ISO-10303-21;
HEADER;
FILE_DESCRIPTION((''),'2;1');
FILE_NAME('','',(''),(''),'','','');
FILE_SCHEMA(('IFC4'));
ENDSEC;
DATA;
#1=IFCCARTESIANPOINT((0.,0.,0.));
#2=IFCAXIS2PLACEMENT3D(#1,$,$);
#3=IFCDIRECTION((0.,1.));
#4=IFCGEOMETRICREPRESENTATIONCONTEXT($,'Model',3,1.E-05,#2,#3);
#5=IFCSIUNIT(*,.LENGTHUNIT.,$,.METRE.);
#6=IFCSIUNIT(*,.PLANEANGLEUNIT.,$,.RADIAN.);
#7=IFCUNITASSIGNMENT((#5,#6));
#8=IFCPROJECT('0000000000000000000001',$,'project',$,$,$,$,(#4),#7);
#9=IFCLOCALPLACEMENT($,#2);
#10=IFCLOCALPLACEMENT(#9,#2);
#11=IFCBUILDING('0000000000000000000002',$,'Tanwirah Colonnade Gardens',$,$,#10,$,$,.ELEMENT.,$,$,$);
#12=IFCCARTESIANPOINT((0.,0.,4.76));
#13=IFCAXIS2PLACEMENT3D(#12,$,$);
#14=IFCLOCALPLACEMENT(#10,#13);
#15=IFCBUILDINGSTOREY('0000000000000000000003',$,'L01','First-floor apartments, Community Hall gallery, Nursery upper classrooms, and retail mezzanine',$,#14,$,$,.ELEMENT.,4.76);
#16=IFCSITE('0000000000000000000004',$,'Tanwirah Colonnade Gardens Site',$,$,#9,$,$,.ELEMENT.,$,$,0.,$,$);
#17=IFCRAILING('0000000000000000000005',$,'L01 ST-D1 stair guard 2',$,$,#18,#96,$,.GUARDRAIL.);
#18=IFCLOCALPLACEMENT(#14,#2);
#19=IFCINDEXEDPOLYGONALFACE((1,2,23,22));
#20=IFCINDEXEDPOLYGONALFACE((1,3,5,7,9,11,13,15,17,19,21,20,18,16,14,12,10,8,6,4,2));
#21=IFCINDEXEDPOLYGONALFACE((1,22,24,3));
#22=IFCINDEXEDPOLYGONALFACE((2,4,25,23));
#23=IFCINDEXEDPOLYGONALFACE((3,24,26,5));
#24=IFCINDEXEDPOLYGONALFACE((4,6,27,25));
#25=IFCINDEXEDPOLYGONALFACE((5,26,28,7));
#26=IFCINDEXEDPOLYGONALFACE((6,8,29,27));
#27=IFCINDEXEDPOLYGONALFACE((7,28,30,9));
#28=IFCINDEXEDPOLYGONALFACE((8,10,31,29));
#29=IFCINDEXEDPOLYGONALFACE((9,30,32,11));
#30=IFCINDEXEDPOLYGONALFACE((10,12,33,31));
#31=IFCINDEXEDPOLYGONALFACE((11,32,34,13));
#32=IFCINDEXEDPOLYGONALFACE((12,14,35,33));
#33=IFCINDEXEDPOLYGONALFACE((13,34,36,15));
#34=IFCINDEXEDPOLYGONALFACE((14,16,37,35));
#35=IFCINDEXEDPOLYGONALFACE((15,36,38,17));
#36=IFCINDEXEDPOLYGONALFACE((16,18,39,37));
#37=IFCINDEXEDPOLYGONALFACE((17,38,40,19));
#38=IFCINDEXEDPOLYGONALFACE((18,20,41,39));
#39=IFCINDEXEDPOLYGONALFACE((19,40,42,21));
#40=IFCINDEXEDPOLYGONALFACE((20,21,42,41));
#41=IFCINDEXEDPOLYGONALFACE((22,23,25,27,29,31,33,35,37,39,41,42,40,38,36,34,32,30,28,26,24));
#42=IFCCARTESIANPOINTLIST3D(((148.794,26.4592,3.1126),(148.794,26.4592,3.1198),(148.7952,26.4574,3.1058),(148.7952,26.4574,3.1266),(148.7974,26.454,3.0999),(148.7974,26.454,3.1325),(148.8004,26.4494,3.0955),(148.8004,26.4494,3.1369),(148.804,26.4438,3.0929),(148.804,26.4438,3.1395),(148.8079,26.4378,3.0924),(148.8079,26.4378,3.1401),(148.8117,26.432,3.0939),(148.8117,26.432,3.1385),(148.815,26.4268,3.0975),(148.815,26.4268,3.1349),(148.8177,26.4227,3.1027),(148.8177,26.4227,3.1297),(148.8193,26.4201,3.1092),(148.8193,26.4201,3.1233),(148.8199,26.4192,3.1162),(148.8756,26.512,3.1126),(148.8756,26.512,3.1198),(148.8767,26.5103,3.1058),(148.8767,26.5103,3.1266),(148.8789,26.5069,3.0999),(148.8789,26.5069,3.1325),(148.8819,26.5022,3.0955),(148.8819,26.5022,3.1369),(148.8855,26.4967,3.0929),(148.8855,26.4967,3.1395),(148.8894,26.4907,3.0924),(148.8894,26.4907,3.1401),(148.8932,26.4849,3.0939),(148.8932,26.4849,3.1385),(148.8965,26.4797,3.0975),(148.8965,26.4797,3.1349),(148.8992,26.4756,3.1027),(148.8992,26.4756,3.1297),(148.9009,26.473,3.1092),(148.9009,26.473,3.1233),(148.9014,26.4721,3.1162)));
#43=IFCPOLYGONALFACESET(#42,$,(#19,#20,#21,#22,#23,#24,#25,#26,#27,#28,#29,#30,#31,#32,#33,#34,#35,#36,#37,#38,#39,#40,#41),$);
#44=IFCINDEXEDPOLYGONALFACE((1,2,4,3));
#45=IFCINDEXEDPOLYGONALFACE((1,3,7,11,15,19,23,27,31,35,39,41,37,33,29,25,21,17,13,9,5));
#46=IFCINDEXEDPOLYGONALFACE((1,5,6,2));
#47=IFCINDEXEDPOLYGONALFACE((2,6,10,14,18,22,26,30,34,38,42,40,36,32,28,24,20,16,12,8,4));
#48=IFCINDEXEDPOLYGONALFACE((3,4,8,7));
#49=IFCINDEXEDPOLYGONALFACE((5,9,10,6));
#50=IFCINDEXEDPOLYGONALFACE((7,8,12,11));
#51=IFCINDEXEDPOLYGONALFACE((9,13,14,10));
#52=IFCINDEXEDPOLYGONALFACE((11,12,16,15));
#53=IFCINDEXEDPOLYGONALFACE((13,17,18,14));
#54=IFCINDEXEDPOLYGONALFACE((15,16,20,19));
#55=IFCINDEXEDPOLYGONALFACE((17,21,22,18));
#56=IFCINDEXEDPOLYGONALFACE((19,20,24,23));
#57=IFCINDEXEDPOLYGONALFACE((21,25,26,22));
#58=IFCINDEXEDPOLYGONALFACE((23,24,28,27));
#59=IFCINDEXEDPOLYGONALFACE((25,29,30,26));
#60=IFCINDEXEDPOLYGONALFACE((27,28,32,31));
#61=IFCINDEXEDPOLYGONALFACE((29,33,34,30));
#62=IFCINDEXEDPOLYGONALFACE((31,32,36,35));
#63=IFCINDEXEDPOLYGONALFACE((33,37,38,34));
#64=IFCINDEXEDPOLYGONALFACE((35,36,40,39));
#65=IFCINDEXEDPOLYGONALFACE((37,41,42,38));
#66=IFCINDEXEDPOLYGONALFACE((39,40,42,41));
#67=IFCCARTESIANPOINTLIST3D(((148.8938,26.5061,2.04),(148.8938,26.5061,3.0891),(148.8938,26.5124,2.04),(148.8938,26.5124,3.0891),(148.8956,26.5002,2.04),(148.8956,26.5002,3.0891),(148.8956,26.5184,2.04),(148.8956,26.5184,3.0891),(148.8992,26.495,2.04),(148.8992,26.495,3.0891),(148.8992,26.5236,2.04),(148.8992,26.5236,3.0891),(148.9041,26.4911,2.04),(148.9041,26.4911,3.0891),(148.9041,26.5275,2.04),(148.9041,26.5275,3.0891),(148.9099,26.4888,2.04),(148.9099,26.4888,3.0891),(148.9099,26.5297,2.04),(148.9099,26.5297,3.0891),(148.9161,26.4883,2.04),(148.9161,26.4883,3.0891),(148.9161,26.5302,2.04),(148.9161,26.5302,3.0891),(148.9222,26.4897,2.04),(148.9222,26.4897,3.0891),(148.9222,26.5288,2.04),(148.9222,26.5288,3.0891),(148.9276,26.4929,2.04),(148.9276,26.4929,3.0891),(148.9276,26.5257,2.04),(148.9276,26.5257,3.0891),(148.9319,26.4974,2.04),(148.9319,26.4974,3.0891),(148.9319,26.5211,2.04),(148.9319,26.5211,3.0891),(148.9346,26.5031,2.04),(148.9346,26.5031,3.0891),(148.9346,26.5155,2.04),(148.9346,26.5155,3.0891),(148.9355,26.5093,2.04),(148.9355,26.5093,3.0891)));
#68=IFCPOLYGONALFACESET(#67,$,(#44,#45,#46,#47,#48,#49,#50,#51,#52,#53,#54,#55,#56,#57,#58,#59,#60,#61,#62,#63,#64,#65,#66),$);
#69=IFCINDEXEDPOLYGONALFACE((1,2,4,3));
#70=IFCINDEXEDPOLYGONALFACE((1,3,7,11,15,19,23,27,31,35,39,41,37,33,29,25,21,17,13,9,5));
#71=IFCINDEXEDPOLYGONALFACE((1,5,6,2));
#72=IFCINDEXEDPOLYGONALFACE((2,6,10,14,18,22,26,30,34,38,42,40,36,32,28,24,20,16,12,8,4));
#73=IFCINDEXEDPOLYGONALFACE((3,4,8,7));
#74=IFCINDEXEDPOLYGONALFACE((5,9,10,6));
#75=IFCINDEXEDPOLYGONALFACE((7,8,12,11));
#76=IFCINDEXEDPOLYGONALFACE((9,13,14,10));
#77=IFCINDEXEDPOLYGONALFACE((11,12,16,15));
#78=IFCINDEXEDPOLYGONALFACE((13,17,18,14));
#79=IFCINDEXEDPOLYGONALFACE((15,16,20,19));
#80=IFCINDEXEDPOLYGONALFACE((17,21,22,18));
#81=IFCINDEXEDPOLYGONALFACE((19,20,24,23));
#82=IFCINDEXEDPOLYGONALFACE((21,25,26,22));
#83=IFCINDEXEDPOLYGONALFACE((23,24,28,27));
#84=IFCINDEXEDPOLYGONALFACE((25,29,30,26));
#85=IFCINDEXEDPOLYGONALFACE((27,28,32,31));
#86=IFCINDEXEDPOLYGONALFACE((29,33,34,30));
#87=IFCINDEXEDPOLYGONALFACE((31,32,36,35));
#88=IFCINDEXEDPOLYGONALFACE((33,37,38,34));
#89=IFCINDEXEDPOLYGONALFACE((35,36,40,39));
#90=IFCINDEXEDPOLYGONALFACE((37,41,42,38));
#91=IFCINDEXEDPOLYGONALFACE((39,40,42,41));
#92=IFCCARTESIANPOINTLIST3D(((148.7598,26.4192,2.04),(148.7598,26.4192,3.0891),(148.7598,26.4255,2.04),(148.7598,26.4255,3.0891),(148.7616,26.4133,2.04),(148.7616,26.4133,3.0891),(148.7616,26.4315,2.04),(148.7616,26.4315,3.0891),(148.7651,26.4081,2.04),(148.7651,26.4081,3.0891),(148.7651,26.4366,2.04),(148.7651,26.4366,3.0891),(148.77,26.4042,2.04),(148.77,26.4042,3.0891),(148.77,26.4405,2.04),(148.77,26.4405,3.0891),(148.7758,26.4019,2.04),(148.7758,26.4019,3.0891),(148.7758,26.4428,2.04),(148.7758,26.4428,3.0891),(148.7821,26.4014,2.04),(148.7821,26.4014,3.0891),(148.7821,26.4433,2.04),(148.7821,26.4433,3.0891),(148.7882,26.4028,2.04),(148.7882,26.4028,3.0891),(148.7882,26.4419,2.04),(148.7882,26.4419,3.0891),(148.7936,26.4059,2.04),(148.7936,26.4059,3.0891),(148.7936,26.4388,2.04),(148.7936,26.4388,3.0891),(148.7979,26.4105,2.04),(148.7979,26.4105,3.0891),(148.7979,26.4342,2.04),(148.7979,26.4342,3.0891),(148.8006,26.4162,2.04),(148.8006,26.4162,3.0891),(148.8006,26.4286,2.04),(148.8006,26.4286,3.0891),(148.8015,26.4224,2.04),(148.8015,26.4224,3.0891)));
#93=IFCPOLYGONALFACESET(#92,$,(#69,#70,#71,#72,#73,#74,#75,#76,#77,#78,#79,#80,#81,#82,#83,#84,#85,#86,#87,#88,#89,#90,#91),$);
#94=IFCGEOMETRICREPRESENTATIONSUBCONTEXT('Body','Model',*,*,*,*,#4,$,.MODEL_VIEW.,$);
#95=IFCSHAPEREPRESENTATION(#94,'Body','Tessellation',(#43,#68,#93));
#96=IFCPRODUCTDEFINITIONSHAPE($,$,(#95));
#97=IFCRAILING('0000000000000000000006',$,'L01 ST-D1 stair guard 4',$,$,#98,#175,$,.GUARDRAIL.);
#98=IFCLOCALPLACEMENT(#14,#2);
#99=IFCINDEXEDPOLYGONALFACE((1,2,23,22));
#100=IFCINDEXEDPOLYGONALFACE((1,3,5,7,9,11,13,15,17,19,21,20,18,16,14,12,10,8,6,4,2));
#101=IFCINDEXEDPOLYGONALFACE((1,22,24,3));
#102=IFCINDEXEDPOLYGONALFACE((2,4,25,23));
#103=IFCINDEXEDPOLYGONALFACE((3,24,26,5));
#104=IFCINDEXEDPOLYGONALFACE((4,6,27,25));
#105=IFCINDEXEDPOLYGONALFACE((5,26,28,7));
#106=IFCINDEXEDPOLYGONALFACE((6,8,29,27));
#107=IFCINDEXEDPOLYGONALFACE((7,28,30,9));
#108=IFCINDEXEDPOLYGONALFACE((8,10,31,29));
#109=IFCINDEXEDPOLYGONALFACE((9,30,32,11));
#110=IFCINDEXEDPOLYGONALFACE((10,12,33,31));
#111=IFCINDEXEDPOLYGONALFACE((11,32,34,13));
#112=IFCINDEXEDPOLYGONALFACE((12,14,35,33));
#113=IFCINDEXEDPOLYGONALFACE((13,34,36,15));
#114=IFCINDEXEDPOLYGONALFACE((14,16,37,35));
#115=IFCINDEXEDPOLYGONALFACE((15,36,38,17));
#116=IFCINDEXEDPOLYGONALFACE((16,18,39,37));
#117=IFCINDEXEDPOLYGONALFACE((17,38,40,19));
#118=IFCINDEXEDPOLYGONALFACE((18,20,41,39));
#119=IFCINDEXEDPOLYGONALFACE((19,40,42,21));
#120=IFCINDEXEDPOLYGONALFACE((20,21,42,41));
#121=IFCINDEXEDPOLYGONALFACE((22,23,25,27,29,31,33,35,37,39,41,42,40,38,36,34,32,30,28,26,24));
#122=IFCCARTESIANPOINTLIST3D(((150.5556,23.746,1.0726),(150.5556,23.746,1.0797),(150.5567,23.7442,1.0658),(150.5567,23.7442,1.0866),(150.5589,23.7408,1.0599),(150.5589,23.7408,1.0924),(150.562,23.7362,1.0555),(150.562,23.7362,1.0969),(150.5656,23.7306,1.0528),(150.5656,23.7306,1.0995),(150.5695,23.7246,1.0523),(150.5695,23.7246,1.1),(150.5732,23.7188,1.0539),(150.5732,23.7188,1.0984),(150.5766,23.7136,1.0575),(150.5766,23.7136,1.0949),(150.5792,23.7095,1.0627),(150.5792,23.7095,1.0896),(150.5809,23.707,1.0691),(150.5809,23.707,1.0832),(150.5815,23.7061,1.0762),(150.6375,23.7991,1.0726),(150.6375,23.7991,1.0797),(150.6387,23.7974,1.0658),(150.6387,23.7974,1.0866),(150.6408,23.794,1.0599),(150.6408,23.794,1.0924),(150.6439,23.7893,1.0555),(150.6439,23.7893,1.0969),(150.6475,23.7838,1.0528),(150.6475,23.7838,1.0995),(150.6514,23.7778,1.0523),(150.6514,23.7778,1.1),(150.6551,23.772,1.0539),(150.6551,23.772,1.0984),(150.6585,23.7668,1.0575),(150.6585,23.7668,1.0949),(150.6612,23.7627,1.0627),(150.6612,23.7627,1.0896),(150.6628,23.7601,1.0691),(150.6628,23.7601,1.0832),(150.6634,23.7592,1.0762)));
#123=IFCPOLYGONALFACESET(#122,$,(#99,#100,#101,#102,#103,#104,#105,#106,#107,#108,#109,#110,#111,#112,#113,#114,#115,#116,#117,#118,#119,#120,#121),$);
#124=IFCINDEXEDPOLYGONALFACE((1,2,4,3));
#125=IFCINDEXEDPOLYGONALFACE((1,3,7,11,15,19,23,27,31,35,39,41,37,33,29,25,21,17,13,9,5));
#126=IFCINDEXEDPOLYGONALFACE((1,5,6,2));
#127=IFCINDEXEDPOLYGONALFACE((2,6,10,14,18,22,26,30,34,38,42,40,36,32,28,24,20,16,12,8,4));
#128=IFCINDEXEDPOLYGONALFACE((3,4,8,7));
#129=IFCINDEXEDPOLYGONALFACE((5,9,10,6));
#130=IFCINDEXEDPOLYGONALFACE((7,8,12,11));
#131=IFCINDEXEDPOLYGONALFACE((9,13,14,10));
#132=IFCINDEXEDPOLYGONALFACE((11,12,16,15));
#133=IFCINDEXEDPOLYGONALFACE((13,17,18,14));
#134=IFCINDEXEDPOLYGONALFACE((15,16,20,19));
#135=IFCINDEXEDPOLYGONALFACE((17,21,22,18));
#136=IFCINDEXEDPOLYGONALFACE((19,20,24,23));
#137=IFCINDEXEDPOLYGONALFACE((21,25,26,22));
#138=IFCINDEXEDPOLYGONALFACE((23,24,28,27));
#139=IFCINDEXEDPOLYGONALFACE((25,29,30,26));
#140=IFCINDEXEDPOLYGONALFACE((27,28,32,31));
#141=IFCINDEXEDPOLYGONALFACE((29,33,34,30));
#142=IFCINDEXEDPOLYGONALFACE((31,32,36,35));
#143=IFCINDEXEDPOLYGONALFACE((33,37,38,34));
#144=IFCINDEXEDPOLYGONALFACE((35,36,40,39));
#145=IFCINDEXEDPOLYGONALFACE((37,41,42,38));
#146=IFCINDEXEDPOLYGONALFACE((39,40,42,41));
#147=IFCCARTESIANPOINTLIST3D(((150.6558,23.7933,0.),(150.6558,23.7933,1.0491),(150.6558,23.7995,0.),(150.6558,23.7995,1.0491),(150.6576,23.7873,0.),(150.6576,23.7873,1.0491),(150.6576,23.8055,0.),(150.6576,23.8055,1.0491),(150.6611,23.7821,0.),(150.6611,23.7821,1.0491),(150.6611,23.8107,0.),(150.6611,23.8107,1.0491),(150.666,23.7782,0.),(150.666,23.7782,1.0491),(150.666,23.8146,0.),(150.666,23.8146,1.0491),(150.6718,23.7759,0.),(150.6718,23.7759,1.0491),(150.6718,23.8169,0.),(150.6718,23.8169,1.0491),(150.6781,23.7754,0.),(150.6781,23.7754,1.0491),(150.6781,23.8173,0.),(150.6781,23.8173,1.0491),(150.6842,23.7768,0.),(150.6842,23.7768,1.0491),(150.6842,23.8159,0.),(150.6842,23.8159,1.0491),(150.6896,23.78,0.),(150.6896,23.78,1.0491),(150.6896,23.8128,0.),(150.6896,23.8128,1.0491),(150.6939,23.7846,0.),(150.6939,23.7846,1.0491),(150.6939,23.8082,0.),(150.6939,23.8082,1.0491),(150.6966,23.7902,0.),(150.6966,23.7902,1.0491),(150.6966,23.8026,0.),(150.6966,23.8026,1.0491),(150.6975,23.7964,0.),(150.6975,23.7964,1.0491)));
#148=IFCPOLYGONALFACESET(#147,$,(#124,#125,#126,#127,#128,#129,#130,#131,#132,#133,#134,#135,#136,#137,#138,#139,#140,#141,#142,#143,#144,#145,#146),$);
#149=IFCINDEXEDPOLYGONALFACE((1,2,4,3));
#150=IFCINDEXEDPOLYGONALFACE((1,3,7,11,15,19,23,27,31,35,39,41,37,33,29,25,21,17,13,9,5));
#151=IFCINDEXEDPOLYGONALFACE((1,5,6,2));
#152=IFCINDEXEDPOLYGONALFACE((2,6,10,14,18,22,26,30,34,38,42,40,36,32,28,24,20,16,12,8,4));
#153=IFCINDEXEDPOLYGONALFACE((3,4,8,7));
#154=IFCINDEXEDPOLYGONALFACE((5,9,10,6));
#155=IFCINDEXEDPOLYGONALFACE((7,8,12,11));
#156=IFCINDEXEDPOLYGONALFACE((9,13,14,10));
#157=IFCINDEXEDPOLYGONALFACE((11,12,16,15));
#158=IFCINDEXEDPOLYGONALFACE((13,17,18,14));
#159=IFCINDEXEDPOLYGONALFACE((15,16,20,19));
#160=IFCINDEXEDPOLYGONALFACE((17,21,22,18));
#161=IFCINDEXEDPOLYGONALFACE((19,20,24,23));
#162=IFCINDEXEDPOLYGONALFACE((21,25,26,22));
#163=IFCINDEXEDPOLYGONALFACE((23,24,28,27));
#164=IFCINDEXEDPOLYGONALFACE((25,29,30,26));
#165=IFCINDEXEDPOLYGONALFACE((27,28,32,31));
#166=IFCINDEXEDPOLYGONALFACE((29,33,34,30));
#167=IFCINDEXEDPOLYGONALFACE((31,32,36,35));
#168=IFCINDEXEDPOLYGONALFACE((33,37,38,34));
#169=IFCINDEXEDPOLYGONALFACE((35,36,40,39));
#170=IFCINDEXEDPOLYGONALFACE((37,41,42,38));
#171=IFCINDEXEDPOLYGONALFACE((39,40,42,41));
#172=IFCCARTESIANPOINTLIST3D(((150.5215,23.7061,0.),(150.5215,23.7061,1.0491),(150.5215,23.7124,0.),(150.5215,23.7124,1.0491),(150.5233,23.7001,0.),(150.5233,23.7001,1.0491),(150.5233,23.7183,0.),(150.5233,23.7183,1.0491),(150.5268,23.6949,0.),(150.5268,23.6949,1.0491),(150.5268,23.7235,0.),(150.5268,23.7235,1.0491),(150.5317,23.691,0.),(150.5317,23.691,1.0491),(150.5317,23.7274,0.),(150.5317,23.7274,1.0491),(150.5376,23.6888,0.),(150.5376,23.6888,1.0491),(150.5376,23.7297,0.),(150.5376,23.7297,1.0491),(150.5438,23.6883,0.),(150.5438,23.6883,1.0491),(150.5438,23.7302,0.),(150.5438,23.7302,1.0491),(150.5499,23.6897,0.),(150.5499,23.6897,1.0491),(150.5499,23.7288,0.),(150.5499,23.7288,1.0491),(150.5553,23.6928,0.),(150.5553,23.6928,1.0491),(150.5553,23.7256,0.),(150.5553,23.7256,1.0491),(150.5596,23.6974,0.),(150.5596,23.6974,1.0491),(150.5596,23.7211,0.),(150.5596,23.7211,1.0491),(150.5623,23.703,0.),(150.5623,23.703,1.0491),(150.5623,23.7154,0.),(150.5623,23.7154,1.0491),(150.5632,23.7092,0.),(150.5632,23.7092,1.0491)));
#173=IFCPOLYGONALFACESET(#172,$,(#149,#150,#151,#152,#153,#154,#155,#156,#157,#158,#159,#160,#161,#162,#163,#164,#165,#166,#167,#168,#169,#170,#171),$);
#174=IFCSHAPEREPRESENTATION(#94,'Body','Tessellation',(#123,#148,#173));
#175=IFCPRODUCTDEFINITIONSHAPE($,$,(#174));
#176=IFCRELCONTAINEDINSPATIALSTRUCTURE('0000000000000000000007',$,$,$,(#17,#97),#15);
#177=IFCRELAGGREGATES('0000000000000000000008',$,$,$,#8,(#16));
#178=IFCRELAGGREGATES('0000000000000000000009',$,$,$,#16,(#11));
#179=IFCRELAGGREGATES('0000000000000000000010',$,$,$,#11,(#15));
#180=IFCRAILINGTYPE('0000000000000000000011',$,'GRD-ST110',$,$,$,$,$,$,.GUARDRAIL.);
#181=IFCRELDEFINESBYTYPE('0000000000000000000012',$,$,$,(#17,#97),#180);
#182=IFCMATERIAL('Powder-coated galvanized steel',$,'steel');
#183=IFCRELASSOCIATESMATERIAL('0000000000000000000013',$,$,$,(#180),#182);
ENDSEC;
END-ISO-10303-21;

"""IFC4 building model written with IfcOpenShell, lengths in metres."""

from ifc_helpers import new_model, si_unit, direction, frame, origin, origin_2d, place, context, subcontext, project, spatial, circle, extrude, material, type_object, element, save


model = new_model("IFC4")

# Units and contexts
model_context = context("Model", 3, precision=1e-05, world=origin(), true_north=direction((0.0, 1.0)))
body_context = subcontext(model_context, "Body", "Model", "MODEL_VIEW")
ifc_project = project(units=[si_unit("LENGTHUNIT", "METRE"), si_unit("PLANEANGLEUNIT", "RADIAN")], contexts=[model_context])

# Site, building, storey
site_placement = place(None, origin())
site = spatial("IfcSite", under=ifc_project, at=site_placement, Name="Tanwirah Colonnade Gardens Site", CompositionType="ELEMENT", RefElevation=0.0)
building_placement = place(site_placement, origin())
building = spatial("IfcBuilding", under=site, at=building_placement, Name="Tanwirah Colonnade Gardens", CompositionType="ELEMENT")
storey_placement = place(building_placement, frame((0.0, 0.0, 4.76)))
storey = spatial("IfcBuildingStorey", under=building, at=storey_placement, Name="L01", Description="First-floor apartments, Community Hall gallery, Nursery upper classrooms, and retail mezzanine", CompositionType="ELEMENT", Elevation=4.76)

# Railings
ifc_material_1 = material(Name="Powder-coated galvanized steel", Category="steel")
railing_type_1 = type_object("IfcRailingType", Name="GRD-ST110", PredefinedType="GUARDRAIL", material=ifc_material_1)
railing_1_placement = place(storey_placement, frame((148.9146, 26.5093, 2.04)))
element("IfcRailing", 1, at=railing_1_placement, inside=storey, type_object=railing_type_1, Name="L01 ST-D1 stair guard 2", PredefinedType="GUARDRAIL", context=body_context, shape_type="SweptSolid", body=[
    extrude(circle(Radius=0.0239, at=origin_2d()), frame((-0.0261, -0.0171, 1.0762), z_axis=(-0.839037, -0.544075, 0.0), x_axis=(0.544075, -0.839037, 0.0)), (0.0, 0.0, 1.0), 0.0972),
    extrude(circle(Radius=0.021, at=origin_2d()), origin(), (0.0, 0.0, 1.0), 1.0491),
    extrude(circle(Radius=0.021, at=origin_2d()), frame((-0.134, -0.0869, 0.0)), (0.0, 0.0, 1.0), 1.0491),
])
railing_2_placement = place(storey_placement, frame((150.6765, 23.7964, 0.0)))
element("IfcRailing", 2, at=railing_2_placement, inside=storey, type_object=railing_type_1, Name="L01 ST-D1 stair guard 4", PredefinedType="GUARDRAIL", context=body_context, shape_type="SweptSolid", body=[
    extrude(circle(Radius=0.0239, at=origin_2d()), frame((-0.0261, -0.0171, 1.0762), z_axis=(-0.838792, -0.544452, 0.0), x_axis=(0.544452, -0.838792, 0.0)), (0.0, 0.0, 1.0), 0.0977),
    extrude(circle(Radius=0.021, at=origin_2d()), origin(), (0.0, 0.0, 1.0), 1.0491),
    extrude(circle(Radius=0.021, at=origin_2d()), frame((-0.1343, -0.0872, 0.0)), (0.0, 0.0, 1.0), 1.0491),
])

save(model, "model.ifc")
